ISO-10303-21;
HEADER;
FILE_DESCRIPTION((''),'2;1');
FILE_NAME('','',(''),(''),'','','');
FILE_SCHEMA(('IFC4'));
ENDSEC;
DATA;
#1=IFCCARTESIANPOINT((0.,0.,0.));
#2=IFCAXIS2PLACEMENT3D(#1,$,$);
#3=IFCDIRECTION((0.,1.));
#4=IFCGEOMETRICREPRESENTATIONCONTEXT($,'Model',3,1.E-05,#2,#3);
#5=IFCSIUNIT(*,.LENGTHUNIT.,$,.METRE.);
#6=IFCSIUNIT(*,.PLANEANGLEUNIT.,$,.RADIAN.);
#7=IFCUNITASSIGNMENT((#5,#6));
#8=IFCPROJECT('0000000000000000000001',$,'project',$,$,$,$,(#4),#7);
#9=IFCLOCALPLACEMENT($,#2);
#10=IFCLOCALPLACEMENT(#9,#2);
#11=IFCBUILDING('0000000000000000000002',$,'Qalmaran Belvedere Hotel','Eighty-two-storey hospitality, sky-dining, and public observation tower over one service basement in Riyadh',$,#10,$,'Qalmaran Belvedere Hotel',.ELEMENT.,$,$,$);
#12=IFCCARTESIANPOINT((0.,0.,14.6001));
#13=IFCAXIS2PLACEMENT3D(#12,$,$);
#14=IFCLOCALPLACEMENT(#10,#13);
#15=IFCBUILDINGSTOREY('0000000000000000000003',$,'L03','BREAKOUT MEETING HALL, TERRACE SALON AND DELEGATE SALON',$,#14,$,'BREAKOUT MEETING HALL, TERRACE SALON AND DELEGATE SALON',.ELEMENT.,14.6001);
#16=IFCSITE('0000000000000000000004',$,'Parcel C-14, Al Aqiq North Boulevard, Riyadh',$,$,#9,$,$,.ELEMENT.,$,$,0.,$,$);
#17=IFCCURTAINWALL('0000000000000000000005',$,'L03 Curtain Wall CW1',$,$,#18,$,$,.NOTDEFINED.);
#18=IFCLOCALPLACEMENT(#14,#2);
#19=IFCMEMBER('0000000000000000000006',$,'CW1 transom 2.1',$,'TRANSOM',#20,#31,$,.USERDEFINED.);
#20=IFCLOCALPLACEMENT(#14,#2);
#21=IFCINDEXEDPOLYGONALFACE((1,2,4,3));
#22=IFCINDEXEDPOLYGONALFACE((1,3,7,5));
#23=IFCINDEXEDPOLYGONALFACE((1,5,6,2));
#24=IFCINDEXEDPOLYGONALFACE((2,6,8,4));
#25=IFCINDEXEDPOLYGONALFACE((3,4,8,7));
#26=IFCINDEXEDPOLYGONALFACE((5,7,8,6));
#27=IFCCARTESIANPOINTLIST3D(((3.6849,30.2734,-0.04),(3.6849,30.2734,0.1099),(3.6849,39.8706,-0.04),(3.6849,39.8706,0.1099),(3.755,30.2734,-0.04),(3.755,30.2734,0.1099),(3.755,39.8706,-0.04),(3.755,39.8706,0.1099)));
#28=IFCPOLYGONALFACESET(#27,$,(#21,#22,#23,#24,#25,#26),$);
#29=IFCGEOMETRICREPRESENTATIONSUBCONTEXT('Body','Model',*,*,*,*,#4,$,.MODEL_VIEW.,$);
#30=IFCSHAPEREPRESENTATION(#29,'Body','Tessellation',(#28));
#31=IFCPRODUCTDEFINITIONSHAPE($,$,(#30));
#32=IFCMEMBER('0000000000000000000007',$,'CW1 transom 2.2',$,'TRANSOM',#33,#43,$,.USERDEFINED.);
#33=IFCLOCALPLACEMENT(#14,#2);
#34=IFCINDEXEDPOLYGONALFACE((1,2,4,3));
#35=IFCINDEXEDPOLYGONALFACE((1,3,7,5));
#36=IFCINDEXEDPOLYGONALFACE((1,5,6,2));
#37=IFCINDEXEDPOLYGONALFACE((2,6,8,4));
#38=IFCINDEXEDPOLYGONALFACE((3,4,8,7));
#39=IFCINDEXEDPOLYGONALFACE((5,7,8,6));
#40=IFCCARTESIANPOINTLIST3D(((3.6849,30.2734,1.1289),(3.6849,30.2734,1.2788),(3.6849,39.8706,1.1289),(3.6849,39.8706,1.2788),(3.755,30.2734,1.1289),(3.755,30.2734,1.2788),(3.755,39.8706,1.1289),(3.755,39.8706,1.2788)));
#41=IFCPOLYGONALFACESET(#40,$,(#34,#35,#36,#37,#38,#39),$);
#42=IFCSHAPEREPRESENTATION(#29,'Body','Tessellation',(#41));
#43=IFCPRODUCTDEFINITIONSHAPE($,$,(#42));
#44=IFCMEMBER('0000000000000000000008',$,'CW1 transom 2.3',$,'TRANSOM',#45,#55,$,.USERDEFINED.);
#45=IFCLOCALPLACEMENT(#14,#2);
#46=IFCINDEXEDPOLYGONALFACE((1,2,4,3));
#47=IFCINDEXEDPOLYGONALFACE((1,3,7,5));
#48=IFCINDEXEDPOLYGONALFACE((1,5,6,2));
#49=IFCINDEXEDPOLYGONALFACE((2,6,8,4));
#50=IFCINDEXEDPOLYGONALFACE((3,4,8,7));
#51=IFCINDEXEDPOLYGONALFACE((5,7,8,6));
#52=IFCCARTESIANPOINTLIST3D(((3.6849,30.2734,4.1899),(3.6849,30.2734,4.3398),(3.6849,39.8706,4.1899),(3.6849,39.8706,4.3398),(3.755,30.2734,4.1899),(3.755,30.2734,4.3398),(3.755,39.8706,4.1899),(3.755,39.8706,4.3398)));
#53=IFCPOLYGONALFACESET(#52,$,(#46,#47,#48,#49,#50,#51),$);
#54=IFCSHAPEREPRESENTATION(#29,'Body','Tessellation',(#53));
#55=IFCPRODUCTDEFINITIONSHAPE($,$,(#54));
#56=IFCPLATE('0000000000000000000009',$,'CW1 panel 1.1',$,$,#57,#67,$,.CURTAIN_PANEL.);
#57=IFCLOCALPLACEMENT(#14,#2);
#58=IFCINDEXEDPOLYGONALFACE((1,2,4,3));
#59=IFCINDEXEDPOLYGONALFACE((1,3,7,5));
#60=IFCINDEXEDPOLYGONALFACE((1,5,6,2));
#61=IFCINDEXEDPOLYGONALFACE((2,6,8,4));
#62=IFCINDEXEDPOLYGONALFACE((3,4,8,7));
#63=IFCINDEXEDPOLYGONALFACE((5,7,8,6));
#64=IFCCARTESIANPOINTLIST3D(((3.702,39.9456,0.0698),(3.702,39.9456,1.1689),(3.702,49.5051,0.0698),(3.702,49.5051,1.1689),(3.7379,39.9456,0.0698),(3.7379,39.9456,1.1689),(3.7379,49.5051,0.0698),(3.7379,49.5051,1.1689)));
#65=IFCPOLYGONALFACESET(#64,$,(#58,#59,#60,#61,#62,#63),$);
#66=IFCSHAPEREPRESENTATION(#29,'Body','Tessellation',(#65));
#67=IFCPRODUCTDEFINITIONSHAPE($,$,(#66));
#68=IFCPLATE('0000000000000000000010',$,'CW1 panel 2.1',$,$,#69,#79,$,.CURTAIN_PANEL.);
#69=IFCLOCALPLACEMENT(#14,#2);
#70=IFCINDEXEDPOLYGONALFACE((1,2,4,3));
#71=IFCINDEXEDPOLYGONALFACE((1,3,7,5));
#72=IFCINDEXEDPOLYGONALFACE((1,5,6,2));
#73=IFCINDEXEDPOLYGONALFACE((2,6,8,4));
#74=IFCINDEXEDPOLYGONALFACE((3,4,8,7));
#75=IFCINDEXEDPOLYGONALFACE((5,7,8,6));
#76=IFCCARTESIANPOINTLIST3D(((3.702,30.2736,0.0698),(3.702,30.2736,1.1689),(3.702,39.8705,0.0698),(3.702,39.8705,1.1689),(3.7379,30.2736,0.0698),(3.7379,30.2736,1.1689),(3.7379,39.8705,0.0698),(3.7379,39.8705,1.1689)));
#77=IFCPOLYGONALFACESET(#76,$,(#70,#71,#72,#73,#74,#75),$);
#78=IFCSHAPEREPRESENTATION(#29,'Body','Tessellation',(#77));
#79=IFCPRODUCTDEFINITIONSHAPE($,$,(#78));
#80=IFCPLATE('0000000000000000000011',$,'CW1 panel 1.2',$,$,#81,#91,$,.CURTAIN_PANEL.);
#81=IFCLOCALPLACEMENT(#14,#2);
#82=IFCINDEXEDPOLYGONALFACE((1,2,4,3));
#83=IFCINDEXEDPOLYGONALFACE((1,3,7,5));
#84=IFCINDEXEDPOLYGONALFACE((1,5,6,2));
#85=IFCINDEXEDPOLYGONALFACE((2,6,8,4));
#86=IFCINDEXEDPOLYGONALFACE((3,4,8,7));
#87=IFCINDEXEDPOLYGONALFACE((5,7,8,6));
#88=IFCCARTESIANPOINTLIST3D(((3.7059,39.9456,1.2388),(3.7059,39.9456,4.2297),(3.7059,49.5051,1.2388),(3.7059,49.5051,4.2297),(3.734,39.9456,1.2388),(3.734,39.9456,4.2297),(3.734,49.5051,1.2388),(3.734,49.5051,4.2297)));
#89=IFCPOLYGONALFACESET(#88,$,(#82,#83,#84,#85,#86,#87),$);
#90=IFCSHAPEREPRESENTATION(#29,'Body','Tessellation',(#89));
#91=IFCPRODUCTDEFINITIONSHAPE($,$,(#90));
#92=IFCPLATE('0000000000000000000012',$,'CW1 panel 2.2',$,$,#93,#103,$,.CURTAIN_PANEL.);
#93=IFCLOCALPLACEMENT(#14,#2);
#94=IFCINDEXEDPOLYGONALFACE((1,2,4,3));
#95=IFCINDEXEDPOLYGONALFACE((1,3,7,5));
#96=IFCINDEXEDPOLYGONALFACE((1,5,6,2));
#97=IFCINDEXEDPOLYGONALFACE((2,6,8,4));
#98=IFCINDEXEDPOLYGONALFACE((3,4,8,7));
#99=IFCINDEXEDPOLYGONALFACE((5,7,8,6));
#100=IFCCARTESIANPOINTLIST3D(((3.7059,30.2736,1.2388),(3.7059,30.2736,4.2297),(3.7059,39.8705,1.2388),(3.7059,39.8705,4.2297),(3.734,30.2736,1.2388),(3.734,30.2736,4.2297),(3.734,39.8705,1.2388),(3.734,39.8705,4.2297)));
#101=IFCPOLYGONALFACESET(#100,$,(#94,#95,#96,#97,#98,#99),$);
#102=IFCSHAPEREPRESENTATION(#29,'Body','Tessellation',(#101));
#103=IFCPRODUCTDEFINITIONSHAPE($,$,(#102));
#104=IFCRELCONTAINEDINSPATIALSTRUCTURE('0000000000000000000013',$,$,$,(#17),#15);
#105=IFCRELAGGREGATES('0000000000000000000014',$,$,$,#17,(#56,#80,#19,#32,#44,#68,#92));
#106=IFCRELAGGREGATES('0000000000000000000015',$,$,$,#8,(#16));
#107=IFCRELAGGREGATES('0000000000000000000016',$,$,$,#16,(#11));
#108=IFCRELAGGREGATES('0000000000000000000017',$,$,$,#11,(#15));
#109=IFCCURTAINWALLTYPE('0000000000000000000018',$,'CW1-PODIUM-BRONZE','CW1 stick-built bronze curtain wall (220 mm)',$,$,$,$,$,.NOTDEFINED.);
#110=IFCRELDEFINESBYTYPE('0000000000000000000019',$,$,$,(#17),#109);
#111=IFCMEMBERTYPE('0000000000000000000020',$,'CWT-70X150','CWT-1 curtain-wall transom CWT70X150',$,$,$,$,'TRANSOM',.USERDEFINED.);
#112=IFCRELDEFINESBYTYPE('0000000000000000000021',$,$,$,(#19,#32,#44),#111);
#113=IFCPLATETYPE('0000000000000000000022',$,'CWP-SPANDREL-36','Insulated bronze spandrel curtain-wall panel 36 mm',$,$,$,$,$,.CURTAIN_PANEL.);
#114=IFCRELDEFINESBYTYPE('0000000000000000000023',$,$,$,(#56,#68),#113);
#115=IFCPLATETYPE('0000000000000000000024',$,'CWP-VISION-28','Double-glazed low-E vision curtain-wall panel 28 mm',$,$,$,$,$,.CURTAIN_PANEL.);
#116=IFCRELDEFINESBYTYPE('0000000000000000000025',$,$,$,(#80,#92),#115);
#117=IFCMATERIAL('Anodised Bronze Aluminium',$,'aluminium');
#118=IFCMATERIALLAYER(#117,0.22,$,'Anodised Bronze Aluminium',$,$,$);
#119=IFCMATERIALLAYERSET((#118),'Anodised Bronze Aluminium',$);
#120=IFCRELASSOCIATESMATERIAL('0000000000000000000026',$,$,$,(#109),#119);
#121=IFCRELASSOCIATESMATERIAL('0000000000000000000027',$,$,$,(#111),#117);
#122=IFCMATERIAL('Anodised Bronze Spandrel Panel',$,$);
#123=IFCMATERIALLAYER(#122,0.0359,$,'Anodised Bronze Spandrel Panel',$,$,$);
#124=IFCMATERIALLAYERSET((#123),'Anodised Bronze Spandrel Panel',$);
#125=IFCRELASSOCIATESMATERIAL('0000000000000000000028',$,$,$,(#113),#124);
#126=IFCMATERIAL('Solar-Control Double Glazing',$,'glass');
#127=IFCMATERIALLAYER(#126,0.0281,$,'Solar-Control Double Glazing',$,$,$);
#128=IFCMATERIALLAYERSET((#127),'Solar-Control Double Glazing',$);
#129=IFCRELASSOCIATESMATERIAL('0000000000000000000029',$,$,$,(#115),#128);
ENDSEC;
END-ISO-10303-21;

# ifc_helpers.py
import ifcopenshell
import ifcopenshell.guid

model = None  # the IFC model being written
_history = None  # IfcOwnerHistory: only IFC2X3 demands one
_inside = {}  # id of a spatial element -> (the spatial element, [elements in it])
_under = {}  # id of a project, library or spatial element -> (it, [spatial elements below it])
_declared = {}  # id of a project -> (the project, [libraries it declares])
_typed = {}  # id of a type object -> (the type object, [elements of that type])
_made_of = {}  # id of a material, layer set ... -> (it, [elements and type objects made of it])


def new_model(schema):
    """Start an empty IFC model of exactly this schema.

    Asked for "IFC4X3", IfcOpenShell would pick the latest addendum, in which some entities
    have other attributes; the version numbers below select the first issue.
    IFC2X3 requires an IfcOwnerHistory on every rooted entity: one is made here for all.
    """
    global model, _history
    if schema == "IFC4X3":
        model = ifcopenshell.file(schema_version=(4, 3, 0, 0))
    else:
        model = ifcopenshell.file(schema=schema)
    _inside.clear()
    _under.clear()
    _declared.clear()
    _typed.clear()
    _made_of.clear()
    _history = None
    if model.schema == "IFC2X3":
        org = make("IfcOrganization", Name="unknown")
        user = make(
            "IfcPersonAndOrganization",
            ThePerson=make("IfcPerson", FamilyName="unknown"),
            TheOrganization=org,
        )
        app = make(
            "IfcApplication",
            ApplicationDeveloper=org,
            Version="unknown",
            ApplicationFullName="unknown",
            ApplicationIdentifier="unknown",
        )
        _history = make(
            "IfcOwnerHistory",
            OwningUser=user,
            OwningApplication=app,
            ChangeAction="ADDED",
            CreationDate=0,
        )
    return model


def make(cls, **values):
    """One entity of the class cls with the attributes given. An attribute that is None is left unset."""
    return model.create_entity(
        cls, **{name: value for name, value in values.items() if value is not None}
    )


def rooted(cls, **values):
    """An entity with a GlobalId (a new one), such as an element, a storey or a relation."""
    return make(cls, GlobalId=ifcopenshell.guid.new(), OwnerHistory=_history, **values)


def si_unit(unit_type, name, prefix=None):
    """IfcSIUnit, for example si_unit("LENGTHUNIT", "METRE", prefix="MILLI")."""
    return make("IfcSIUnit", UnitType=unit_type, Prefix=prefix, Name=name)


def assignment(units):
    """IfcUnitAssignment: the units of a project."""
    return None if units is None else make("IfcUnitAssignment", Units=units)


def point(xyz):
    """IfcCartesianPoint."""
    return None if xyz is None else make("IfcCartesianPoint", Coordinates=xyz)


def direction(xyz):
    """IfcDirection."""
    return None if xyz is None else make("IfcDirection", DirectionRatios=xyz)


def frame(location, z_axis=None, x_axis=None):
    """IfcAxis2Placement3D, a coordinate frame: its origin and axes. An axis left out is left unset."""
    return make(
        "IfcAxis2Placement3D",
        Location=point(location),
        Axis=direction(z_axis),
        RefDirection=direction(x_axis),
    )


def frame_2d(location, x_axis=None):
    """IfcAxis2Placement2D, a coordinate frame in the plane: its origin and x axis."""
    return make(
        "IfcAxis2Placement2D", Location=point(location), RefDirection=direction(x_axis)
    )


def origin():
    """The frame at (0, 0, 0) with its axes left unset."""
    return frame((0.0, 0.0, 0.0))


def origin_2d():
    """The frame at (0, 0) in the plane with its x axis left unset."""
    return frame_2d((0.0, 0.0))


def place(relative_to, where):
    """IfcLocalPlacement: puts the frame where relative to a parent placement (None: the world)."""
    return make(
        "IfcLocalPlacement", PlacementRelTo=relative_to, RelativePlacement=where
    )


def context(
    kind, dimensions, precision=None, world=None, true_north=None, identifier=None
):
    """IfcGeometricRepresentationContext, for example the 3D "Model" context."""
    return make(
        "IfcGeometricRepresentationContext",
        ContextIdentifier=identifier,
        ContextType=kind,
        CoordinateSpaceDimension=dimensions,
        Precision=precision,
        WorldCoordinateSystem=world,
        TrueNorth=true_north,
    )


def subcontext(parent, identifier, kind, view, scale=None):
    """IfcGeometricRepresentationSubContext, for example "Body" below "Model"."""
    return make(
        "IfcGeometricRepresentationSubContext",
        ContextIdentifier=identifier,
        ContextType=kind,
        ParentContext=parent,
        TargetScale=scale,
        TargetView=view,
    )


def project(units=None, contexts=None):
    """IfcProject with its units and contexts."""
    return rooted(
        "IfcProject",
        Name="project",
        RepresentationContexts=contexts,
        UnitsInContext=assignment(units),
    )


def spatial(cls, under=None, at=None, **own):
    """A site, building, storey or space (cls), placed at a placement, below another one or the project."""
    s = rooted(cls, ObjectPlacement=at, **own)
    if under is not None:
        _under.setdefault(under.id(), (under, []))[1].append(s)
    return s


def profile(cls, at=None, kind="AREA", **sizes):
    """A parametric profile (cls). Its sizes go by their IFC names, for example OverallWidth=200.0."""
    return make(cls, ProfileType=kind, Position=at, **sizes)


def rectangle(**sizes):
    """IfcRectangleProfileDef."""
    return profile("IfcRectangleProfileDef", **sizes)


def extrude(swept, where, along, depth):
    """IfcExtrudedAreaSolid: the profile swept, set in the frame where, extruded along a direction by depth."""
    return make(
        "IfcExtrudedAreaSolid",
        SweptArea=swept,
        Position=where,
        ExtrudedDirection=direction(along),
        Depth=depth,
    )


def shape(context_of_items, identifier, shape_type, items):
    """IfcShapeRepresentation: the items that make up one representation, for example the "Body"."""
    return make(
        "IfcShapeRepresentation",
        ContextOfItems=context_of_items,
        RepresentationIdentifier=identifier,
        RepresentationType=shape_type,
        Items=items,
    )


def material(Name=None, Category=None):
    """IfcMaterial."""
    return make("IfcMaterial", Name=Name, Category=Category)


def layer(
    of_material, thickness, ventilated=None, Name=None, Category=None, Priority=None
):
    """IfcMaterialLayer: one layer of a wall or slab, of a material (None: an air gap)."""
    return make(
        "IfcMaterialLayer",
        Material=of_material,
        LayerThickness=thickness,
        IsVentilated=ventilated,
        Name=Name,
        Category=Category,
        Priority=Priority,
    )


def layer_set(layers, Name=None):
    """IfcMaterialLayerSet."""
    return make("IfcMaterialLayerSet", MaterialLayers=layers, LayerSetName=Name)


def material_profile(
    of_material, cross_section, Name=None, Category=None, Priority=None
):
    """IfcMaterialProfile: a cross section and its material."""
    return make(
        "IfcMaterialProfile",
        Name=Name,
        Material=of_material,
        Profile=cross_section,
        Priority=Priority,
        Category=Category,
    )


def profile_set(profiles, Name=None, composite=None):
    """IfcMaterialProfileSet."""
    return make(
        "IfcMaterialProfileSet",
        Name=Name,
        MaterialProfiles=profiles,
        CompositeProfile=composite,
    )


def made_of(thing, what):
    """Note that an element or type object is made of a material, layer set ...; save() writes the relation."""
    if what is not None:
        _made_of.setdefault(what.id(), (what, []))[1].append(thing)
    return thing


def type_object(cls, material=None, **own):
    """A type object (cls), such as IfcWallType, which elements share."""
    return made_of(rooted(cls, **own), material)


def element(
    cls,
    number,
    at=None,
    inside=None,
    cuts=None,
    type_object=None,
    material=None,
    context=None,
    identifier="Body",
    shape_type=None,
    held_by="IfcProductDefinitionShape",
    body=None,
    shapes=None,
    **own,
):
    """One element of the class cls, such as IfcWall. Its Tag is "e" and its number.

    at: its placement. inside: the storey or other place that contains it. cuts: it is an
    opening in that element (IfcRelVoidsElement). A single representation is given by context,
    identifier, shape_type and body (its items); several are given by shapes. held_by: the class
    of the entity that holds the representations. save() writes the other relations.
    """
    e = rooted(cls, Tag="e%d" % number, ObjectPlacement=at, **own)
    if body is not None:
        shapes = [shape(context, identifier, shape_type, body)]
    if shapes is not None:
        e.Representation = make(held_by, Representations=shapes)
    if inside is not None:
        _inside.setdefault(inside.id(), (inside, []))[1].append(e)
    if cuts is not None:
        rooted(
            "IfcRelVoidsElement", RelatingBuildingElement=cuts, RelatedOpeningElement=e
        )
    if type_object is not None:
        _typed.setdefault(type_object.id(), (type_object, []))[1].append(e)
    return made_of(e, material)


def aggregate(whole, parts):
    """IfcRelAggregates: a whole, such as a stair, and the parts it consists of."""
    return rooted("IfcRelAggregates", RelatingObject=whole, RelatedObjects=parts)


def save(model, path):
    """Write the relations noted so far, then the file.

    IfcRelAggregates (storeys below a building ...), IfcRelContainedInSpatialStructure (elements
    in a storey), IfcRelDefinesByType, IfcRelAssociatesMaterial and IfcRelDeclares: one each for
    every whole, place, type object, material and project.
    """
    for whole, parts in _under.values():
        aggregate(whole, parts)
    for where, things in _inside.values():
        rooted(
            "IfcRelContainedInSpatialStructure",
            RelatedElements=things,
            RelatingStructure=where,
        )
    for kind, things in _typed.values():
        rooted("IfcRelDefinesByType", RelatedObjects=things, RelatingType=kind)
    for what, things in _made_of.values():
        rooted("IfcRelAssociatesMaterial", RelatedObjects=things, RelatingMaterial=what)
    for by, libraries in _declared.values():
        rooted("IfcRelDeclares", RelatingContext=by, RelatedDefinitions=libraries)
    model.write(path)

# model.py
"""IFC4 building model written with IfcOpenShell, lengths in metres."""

from ifc_helpers import new_model, si_unit, direction, frame, origin, origin_2d, place, context, subcontext, project, spatial, rectangle, extrude, material, layer, layer_set, material_profile, profile_set, type_object, element, aggregate, save


model = new_model("IFC4")

# Units and contexts
model_context = context("Model", 3, precision=1e-05, world=origin(), true_north=direction((0.0, 1.0)))
body_context = subcontext(model_context, "Body", "Model", "MODEL_VIEW")
ifc_project = project(units=[si_unit("LENGTHUNIT", "METRE"), si_unit("PLANEANGLEUNIT", "RADIAN")], contexts=[model_context])

# Site, building, storey
site_placement = place(None, origin())
site = spatial("IfcSite", under=ifc_project, at=site_placement, Name="Parcel C-14, Al Aqiq North Boulevard, Riyadh", CompositionType="ELEMENT", RefElevation=0.0)
building_placement = place(site_placement, origin())
building = spatial("IfcBuilding", under=site, at=building_placement, Name="Qalmaran Belvedere Hotel", Description="Eighty-two-storey hospitality, sky-dining, and public observation tower over one service basement in Riyadh", LongName="Qalmaran Belvedere Hotel", CompositionType="ELEMENT")
storey_placement = place(building_placement, frame((0.0, 0.0, 14.6001)))
storey = spatial("IfcBuildingStorey", under=building, at=storey_placement, Name="L03", Description="BREAKOUT MEETING HALL, TERRACE SALON AND DELEGATE SALON", LongName="BREAKOUT MEETING HALL, TERRACE SALON AND DELEGATE SALON", CompositionType="ELEMENT", Elevation=14.6001)

# Curtain wall, members, plates
ifc_material_1 = material(Name="Anodised Bronze Aluminium", Category="aluminium")
ifc_layer_1 = layer(ifc_material_1, 0.22, Name="Anodised Bronze Aluminium")
ifc_layer_set_1 = layer_set([ifc_layer_1], Name="Anodised Bronze Aluminium")
curtain_wall_type = type_object("IfcCurtainWallType", Name="CW1-PODIUM-BRONZE", Description="CW1 stick-built bronze curtain wall (220 mm)", PredefinedType="NOTDEFINED", material=ifc_layer_set_1)
curtain_wall_placement = place(storey_placement, origin())
curtain_wall = element("IfcCurtainWall", 1, at=curtain_wall_placement, inside=storey, type_object=curtain_wall_type, Name="L03 Curtain Wall CW1", PredefinedType="NOTDEFINED")
ifc_material_profile_1 = material_profile(ifc_material_1, rectangle(XDim=0.0701, YDim=0.1499, at=origin_2d()), Name="CWT70X150")
ifc_profile_set_1 = profile_set([ifc_material_profile_1], Name="Anodised Bronze Aluminium")
member_type_1 = type_object("IfcMemberType", Name="CWT-70X150", Description="CWT-1 curtain-wall transom CWT70X150", ElementType="TRANSOM", PredefinedType="USERDEFINED", material=ifc_profile_set_1)
member_1_placement = place(storey_placement, frame((3.72, 39.8706, 0.0349), z_axis=(0.0, -1.0, 0.0), x_axis=(1.0, 0.0, 0.0)))
member_1 = element("IfcMember", 2, at=member_1_placement, type_object=member_type_1, Name="CW1 transom 2.1", ObjectType="TRANSOM", PredefinedType="USERDEFINED", context=body_context, shape_type="SweptSolid", body=[
    extrude(rectangle(XDim=0.0701, YDim=0.1499, at=origin_2d()), origin(), (0.0, 0.0, 1.0), 9.5972),
])
member_2_placement = place(storey_placement, frame((3.72, 39.8706, 1.2039), z_axis=(0.0, -1.0, 0.0), x_axis=(1.0, 0.0, 0.0)))
member_2 = element("IfcMember", 3, at=member_2_placement, type_object=member_type_1, Name="CW1 transom 2.2", ObjectType="TRANSOM", PredefinedType="USERDEFINED", context=body_context, shape_type="SweptSolid", body=[
    extrude(rectangle(XDim=0.0701, YDim=0.1499, at=origin_2d()), origin(), (0.0, 0.0, 1.0), 9.5972),
])
member_3_placement = place(storey_placement, frame((3.72, 39.8706, 4.2649), z_axis=(0.0, -1.0, 0.0), x_axis=(1.0, 0.0, 0.0)))
member_3 = element("IfcMember", 4, at=member_3_placement, type_object=member_type_1, Name="CW1 transom 2.3", ObjectType="TRANSOM", PredefinedType="USERDEFINED", context=body_context, shape_type="SweptSolid", body=[
    extrude(rectangle(XDim=0.0701, YDim=0.1499, at=origin_2d()), origin(), (0.0, 0.0, 1.0), 9.5972),
])
ifc_material_2 = material(Name="Anodised Bronze Spandrel Panel")
ifc_layer_2 = layer(ifc_material_2, 0.0359, Name="Anodised Bronze Spandrel Panel")
ifc_layer_set_2 = layer_set([ifc_layer_2], Name="Anodised Bronze Spandrel Panel")
plate_type_1 = type_object("IfcPlateType", Name="CWP-SPANDREL-36", Description="Insulated bronze spandrel curtain-wall panel 36 mm", PredefinedType="CURTAIN_PANEL", material=ifc_layer_set_2)
plate_1_placement = place(storey_placement, frame((3.72, 44.7253, 0.0698), z_axis=(0.0, 0.0, 1.0), x_axis=(0.0, -1.0, 0.0)))
plate_1 = element("IfcPlate", 5, at=plate_1_placement, type_object=plate_type_1, Name="CW1 panel 1.1", PredefinedType="CURTAIN_PANEL", context=body_context, shape_type="SweptSolid", body=[
    extrude(rectangle(XDim=9.5596, YDim=0.0359, at=origin_2d()), origin(), (0.0, 0.0, 1.0), 1.0991),
])
plate_2_placement = place(storey_placement, frame((3.72, 35.072, 0.0698), z_axis=(0.0, 0.0, 1.0), x_axis=(0.0, -1.0, 0.0)))
plate_2 = element("IfcPlate", 6, at=plate_2_placement, type_object=plate_type_1, Name="CW1 panel 2.1", PredefinedType="CURTAIN_PANEL", context=body_context, shape_type="SweptSolid", body=[
    extrude(rectangle(XDim=9.5969, YDim=0.0359, at=origin_2d()), origin(), (0.0, 0.0, 1.0), 1.0991),
])
ifc_material_3 = material(Name="Solar-Control Double Glazing", Category="glass")
ifc_layer_3 = layer(ifc_material_3, 0.0281, Name="Solar-Control Double Glazing")
ifc_layer_set_3 = layer_set([ifc_layer_3], Name="Solar-Control Double Glazing")
plate_type_2 = type_object("IfcPlateType", Name="CWP-VISION-28", Description="Double-glazed low-E vision curtain-wall panel 28 mm", PredefinedType="CURTAIN_PANEL", material=ifc_layer_set_3)
plate_3_placement = place(storey_placement, frame((3.72, 44.7253, 1.2388), z_axis=(0.0, 0.0, 1.0), x_axis=(0.0, -1.0, 0.0)))
plate_3 = element("IfcPlate", 7, at=plate_3_placement, type_object=plate_type_2, Name="CW1 panel 1.2", PredefinedType="CURTAIN_PANEL", context=body_context, shape_type="SweptSolid", body=[
    extrude(rectangle(XDim=9.5596, YDim=0.0281, at=origin_2d()), origin(), (0.0, 0.0, 1.0), 2.991),
])
plate_4_placement = place(storey_placement, frame((3.72, 35.072, 1.2388), z_axis=(0.0, 0.0, 1.0), x_axis=(0.0, -1.0, 0.0)))
plate_4 = element("IfcPlate", 8, at=plate_4_placement, type_object=plate_type_2, Name="CW1 panel 2.2", PredefinedType="CURTAIN_PANEL", context=body_context, shape_type="SweptSolid", body=[
    extrude(rectangle(XDim=9.5969, YDim=0.0281, at=origin_2d()), origin(), (0.0, 0.0, 1.0), 2.991),
])
aggregate(curtain_wall, [plate_1, plate_3, member_1, member_2, member_3, plate_2, plate_4])

save(model, "model.ifc")
